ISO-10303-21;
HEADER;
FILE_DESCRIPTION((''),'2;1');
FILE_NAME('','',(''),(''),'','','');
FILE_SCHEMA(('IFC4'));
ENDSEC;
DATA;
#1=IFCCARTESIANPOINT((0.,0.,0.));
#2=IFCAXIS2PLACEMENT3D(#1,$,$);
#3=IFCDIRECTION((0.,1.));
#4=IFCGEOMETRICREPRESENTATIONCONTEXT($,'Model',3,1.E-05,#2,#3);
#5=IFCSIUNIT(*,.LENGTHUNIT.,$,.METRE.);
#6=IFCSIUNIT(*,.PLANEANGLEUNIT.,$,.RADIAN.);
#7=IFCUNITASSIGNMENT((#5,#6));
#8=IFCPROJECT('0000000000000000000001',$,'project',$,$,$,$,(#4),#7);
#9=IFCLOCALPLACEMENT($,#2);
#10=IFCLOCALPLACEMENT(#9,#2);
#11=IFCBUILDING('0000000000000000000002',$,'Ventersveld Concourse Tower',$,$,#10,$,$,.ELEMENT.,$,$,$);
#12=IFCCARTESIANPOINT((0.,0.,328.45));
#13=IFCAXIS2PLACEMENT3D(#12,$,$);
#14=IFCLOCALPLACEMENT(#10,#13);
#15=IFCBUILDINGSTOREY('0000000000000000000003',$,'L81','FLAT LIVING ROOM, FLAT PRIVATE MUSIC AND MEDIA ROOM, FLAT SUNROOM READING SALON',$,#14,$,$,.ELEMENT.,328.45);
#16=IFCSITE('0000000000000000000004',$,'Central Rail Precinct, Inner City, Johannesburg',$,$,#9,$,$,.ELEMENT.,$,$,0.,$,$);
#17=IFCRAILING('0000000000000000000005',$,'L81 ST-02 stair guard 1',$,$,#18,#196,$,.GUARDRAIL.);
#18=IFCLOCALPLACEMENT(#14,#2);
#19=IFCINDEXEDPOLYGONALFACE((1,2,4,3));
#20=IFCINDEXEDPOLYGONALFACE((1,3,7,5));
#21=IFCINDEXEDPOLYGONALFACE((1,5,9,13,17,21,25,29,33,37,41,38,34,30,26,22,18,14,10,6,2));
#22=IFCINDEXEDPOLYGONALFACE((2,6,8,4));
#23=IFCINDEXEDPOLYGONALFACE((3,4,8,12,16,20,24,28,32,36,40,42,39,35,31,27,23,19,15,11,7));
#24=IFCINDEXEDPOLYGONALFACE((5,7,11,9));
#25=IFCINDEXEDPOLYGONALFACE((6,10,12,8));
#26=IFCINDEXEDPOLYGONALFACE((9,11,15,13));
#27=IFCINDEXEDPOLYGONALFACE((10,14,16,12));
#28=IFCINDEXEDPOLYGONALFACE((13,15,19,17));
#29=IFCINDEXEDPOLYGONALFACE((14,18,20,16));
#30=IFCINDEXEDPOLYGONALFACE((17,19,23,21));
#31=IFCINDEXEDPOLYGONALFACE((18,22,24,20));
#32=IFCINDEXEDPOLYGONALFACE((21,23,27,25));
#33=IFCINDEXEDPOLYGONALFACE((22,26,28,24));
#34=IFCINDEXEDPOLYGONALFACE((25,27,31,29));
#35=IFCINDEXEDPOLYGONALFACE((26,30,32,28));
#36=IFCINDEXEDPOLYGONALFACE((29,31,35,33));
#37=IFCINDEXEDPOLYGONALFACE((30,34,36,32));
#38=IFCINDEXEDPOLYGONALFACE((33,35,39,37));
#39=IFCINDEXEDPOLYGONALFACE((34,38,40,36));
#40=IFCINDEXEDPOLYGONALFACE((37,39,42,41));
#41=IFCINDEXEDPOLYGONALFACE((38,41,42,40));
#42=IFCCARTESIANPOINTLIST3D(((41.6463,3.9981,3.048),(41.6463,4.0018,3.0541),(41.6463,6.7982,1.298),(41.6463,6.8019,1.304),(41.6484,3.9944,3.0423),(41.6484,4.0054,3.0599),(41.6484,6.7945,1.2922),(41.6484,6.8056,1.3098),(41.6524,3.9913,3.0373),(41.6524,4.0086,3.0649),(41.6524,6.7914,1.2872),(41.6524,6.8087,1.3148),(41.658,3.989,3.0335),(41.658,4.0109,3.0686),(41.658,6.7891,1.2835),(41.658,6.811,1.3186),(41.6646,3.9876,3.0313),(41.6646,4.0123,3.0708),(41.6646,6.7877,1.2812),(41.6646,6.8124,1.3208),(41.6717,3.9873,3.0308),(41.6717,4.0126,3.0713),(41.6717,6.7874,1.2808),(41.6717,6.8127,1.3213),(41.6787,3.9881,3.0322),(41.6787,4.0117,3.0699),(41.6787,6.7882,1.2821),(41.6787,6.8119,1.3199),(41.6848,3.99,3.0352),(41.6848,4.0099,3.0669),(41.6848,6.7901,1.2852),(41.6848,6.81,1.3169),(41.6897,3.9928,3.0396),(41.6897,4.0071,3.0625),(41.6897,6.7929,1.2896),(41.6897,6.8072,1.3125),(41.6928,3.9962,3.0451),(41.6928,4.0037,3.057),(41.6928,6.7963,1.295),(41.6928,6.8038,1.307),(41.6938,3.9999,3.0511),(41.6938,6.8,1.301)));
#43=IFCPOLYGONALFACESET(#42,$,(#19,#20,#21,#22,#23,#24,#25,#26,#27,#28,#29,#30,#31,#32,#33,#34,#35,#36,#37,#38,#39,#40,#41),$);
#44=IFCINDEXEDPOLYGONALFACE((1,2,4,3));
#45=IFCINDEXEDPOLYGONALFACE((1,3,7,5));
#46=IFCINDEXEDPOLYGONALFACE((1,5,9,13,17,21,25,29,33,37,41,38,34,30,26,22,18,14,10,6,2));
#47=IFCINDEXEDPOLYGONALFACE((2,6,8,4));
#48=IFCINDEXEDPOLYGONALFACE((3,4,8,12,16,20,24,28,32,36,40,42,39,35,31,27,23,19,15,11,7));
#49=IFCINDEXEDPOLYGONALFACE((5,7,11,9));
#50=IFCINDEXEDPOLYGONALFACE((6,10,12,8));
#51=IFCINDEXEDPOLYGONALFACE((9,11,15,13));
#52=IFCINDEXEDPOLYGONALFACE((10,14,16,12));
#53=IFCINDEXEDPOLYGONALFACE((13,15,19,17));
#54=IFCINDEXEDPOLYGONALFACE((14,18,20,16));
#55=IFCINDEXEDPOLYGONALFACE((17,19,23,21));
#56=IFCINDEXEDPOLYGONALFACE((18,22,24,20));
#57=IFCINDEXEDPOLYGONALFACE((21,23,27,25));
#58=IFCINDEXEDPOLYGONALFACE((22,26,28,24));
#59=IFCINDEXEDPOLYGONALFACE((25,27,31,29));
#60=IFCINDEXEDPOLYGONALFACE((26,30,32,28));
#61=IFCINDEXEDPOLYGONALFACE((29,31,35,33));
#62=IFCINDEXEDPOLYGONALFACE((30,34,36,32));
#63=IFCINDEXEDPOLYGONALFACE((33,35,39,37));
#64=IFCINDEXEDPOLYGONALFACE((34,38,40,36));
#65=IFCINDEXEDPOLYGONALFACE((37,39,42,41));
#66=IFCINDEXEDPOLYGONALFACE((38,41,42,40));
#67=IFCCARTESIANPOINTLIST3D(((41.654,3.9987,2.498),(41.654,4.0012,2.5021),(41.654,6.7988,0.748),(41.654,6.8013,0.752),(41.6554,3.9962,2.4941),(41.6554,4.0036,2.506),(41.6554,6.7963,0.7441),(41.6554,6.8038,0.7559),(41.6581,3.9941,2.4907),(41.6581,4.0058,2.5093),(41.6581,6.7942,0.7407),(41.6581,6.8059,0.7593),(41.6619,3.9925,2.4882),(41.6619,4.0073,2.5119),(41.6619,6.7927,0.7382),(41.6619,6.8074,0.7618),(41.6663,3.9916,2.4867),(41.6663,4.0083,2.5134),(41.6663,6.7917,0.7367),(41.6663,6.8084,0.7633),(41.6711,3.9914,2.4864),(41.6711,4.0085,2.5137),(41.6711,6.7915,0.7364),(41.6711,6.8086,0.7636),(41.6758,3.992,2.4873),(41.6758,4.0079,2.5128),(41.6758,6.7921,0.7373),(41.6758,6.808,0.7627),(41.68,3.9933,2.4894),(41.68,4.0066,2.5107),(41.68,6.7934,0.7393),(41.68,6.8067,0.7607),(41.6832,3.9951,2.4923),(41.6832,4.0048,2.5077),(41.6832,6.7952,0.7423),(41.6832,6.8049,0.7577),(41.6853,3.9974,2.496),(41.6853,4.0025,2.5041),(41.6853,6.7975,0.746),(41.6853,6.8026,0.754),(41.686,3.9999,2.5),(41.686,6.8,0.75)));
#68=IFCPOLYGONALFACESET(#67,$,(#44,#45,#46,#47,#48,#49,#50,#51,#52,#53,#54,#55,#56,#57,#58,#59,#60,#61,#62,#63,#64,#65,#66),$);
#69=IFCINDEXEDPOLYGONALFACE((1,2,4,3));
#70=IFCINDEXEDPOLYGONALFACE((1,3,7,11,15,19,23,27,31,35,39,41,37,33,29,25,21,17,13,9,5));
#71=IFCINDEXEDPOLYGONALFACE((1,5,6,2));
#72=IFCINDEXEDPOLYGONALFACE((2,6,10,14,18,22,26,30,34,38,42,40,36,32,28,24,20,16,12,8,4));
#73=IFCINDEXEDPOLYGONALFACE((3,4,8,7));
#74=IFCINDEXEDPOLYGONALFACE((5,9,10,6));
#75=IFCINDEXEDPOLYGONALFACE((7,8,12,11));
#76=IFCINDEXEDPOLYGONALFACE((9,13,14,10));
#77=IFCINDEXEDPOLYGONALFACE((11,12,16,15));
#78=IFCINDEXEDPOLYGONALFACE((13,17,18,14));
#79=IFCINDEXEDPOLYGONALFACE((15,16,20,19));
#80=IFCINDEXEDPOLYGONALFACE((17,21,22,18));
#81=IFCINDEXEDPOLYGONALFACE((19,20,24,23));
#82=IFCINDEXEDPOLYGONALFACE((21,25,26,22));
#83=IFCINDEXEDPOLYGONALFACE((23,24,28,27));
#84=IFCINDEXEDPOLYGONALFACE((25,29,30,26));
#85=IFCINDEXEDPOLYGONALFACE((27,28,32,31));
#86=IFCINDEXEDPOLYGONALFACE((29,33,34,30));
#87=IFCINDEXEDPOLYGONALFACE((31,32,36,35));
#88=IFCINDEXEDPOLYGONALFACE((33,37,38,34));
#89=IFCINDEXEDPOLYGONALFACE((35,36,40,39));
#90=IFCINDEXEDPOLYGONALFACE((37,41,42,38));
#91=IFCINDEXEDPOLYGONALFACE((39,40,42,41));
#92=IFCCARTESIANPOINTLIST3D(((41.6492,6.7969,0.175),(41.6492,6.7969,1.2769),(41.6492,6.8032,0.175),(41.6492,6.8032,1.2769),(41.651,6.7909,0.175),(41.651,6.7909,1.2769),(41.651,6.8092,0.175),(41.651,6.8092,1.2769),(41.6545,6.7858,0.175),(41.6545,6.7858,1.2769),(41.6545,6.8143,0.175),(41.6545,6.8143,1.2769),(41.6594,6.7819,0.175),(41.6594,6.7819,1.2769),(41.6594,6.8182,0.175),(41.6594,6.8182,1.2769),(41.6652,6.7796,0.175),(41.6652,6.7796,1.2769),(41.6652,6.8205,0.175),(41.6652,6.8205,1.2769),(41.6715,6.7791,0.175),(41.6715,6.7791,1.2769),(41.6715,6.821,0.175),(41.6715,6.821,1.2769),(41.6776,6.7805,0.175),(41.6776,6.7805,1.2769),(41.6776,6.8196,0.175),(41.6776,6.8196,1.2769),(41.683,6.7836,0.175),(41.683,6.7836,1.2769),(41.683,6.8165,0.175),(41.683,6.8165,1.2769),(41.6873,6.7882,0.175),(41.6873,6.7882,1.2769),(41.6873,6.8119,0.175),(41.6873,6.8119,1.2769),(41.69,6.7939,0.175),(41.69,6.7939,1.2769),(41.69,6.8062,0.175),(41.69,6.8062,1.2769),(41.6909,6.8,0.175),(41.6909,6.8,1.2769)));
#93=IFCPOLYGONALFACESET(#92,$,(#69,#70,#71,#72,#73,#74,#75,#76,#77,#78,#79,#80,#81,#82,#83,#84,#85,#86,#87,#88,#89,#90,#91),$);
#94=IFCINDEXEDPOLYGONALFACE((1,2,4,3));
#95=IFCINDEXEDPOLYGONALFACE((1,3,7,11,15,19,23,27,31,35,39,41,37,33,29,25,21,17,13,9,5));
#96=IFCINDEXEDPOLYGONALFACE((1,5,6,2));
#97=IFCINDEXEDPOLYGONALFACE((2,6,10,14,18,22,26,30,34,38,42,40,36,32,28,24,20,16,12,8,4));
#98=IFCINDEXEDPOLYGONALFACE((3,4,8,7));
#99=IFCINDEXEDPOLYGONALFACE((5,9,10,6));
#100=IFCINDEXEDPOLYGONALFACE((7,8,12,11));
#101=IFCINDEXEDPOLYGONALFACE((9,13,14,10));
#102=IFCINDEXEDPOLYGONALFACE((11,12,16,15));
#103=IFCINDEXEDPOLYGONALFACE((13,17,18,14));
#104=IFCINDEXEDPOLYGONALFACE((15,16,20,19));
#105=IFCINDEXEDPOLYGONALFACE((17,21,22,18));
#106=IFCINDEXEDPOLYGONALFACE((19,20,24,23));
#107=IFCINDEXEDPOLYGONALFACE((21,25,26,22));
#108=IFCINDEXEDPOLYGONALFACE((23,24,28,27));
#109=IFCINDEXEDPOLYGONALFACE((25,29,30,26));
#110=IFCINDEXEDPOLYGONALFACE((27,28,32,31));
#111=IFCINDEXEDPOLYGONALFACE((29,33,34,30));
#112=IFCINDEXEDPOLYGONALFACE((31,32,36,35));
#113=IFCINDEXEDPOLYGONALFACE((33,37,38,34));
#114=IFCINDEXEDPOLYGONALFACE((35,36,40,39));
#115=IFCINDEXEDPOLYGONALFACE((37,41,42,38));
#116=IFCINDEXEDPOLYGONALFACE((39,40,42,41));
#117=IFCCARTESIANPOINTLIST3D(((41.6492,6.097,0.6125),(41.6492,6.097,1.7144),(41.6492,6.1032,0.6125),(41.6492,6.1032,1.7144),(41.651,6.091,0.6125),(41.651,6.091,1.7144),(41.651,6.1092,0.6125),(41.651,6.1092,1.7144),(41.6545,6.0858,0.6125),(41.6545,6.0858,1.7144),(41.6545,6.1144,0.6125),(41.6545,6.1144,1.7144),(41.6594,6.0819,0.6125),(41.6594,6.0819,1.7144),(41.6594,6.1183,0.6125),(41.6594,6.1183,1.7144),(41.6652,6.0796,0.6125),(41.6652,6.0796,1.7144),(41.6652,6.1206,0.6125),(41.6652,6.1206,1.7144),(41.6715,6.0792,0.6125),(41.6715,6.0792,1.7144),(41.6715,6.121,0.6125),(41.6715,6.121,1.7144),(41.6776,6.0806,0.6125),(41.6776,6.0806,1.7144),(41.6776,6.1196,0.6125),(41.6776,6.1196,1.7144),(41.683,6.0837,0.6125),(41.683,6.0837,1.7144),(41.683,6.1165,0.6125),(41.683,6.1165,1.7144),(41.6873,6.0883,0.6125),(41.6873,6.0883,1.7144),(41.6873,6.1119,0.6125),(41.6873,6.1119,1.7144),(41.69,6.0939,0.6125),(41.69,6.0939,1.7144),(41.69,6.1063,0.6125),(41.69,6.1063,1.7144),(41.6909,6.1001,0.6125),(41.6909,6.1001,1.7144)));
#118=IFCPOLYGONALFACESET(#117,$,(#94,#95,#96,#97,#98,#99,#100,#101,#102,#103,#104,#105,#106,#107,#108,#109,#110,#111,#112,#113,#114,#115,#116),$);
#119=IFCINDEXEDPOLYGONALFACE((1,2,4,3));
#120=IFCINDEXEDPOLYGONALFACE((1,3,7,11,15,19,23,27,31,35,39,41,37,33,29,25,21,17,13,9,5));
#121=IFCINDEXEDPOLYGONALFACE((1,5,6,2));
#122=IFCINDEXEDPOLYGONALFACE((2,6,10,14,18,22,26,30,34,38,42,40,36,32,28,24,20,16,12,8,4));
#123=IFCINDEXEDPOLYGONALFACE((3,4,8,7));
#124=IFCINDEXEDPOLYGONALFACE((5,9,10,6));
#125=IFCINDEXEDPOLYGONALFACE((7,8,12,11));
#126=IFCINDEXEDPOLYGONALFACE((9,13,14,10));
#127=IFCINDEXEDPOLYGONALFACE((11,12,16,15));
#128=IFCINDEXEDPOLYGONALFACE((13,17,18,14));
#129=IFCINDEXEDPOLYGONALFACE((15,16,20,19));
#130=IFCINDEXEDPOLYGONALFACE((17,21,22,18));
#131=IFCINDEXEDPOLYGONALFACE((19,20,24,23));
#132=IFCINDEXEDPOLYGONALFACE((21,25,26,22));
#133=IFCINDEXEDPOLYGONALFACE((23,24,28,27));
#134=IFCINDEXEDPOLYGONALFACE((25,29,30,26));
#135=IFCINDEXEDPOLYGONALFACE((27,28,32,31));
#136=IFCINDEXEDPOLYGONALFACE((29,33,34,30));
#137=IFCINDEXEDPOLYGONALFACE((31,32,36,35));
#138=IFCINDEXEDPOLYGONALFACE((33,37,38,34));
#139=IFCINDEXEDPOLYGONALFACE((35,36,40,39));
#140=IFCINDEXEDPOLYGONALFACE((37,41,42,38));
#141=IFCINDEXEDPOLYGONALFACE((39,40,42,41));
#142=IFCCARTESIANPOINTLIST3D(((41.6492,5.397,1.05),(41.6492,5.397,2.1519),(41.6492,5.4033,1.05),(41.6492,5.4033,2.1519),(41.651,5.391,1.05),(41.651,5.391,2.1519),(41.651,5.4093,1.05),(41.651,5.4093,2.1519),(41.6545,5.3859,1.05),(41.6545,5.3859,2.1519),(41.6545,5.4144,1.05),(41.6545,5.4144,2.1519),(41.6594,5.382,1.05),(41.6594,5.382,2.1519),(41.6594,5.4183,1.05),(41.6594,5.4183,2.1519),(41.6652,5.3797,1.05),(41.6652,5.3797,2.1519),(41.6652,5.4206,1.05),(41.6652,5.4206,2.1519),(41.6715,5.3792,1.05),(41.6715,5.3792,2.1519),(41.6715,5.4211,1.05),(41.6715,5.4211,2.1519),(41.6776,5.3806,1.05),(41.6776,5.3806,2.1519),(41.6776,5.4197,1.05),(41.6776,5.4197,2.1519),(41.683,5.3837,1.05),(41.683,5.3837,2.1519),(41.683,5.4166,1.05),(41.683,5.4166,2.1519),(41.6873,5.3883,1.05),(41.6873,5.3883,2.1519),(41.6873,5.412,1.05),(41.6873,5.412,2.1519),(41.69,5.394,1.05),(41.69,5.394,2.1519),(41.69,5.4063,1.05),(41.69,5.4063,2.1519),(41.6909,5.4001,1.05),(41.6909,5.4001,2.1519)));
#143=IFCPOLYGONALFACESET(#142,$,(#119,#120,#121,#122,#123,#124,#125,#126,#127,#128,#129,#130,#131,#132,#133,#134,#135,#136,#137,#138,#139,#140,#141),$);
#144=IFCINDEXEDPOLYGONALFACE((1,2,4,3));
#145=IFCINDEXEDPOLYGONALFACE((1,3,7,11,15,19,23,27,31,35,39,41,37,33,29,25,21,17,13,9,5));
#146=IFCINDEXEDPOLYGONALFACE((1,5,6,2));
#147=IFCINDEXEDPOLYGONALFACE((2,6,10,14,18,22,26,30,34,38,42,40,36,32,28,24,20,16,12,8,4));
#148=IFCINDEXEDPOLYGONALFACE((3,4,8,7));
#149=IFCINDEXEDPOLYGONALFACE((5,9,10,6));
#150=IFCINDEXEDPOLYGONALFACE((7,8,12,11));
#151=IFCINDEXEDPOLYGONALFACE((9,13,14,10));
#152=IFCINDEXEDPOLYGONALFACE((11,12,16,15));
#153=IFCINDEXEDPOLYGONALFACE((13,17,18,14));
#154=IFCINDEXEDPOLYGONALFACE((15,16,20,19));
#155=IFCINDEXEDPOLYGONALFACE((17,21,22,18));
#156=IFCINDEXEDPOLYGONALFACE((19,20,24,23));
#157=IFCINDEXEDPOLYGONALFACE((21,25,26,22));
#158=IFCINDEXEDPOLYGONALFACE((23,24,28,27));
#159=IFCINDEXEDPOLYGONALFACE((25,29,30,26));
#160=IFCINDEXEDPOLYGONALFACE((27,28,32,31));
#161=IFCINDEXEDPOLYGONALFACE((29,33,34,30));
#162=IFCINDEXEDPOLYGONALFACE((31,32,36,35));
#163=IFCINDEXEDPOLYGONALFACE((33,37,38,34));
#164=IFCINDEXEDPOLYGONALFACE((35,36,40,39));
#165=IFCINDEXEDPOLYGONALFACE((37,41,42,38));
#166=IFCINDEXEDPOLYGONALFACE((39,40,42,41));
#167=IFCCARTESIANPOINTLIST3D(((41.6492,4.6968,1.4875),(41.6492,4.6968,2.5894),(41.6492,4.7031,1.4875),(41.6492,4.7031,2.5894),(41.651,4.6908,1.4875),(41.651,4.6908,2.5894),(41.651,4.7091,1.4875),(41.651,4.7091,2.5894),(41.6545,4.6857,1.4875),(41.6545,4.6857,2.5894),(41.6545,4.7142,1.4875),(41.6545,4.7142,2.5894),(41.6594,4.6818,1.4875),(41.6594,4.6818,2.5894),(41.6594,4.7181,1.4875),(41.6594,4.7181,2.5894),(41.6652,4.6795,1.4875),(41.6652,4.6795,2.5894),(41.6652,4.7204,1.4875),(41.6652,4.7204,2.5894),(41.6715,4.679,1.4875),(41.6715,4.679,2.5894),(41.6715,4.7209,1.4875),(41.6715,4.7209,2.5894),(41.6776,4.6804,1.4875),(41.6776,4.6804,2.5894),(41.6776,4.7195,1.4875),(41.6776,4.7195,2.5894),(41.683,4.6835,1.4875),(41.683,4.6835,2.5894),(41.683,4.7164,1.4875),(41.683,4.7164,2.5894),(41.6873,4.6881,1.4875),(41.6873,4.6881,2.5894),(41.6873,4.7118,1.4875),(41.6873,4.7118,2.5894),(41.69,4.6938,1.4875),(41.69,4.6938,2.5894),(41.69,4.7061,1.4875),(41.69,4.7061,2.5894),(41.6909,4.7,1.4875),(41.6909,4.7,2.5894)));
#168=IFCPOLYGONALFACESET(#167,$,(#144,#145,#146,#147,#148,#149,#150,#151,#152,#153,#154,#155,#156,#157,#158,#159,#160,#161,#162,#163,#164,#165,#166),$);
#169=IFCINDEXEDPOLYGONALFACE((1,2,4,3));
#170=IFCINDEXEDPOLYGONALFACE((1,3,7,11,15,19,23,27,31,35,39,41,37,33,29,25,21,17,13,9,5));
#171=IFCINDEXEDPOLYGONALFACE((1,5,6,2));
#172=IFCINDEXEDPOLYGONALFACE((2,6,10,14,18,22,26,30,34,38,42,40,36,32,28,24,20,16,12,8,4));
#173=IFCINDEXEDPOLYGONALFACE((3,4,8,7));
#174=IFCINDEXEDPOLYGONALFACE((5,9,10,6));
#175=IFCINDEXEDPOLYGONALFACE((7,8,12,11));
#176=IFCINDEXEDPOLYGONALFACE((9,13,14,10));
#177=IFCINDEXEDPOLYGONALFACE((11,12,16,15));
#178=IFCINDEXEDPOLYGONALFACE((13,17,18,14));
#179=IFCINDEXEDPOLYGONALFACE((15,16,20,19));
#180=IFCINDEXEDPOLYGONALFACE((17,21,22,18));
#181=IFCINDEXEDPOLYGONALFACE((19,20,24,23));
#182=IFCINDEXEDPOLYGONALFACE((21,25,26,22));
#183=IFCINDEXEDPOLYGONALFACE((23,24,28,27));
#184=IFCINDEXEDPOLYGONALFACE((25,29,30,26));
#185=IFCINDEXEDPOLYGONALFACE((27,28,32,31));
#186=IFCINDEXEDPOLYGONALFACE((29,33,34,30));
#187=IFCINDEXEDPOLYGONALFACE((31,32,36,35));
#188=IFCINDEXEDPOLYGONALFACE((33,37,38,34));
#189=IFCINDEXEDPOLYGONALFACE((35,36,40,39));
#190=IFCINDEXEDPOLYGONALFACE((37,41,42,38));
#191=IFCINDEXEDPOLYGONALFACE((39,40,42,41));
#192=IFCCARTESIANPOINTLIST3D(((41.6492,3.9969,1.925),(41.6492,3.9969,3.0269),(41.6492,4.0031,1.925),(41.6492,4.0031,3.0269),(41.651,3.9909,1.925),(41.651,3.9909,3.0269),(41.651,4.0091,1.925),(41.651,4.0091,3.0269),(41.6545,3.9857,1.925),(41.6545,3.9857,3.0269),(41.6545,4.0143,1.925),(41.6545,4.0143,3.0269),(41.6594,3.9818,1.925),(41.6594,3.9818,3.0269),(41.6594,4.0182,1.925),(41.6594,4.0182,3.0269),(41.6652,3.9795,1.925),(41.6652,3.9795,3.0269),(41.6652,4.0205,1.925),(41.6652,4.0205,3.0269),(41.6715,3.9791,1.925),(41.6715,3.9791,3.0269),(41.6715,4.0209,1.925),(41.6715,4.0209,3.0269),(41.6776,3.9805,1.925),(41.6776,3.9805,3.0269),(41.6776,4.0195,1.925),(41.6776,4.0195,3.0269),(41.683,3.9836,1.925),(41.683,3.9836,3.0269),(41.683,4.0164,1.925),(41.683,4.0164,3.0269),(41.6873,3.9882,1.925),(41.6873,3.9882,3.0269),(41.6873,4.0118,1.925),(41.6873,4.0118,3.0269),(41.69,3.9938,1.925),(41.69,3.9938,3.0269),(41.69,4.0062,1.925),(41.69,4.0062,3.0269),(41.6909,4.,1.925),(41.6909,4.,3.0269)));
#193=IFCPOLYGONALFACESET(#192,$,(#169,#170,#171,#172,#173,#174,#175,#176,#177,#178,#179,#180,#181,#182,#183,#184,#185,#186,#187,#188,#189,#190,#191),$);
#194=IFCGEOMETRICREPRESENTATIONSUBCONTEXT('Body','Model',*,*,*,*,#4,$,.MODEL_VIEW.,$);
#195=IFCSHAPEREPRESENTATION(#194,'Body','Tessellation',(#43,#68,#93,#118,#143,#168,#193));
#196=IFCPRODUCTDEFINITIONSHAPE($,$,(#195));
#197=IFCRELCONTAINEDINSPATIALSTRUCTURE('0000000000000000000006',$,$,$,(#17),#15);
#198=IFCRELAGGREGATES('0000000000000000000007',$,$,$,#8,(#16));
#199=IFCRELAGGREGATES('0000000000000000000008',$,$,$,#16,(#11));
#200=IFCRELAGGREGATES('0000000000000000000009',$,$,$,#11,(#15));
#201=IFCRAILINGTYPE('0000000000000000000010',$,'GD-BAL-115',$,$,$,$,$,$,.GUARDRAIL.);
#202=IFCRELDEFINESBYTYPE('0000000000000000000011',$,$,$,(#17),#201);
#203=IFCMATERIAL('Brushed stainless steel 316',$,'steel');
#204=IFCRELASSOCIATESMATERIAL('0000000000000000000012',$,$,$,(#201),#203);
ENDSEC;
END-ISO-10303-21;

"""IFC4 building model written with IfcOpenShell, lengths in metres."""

from ifc_helpers import new_model, si_unit, direction, frame, origin, origin_2d, place, context, subcontext, project, spatial, circle, extrude, material, type_object, element, save


model = new_model("IFC4")

# Units and contexts
model_context = context("Model", 3, precision=1e-05, world=origin(), true_north=direction((0.0, 1.0)))
body_context = subcontext(model_context, "Body", "Model", "MODEL_VIEW")
ifc_project = project(units=[si_unit("LENGTHUNIT", "METRE"), si_unit("PLANEANGLEUNIT", "RADIAN")], contexts=[model_context])

# Site, building, storey
site_placement = place(None, origin())
site = spatial("IfcSite", under=ifc_project, at=site_placement, Name="Central Rail Precinct, Inner City, Johannesburg", CompositionType="ELEMENT", RefElevation=0.0)
building_placement = place(site_placement, origin())
building = spatial("IfcBuilding", under=site, at=building_placement, Name="Ventersveld Concourse Tower", CompositionType="ELEMENT")
storey_placement = place(building_placement, frame((0.0, 0.0, 328.45)))
storey = spatial("IfcBuildingStorey", under=building, at=storey_placement, Name="L81", Description="FLAT LIVING ROOM, FLAT PRIVATE MUSIC AND MEDIA ROOM, FLAT SUNROOM READING SALON", CompositionType="ELEMENT", Elevation=328.45)

# Shared definitions
ifc_material_1 = material(Name="Brushed stainless steel 316", Category="steel")

# Railing
railing_type_1 = type_object("IfcRailingType", Name="GD-BAL-115", PredefinedType="GUARDRAIL", material=ifc_material_1)
railing_1_placement = place(storey_placement, frame((41.6699, 6.8, 0.175)))
element("IfcRailing", 1, at=railing_1_placement, inside=storey, type_object=railing_type_1, Name="L81 ST-02 stair guard 1", PredefinedType="GUARDRAIL", context=body_context, shape_type="SweptSolid", body=[
    extrude(circle(Radius=0.0239, at=origin_2d()), frame((0.0, 0.0, 1.126), z_axis=(0.0, -0.848002, 0.529992), x_axis=(1.0, 0.0, 0.0)), (0.0, 0.0, 1.0), 3.302),
    extrude(circle(Radius=0.0161, at=origin_2d()), frame((0.0, 0.0, 0.575), z_axis=(0.0, -0.848002, 0.529992), x_axis=(1.0, 0.0, 0.0)), (0.0, 0.0, 1.0), 3.302),
    extrude(circle(Radius=0.021, at=origin_2d()), origin(), (0.0, 0.0, 1.0), 1.1018),
    extrude(circle(Radius=0.021, at=origin_2d()), frame((0.0, -0.7, 0.4375)), (0.0, 0.0, 1.0), 1.1018),
    extrude(circle(Radius=0.021, at=origin_2d()), frame((0.0, -1.3999, 0.875)), (0.0, 0.0, 1.0), 1.1018),
    extrude(circle(Radius=0.021, at=origin_2d()), frame((0.0, -2.1001, 1.3125)), (0.0, 0.0, 1.0), 1.1018),
    extrude(circle(Radius=0.021, at=origin_2d()), frame((0.0, -2.8, 1.75)), (0.0, 0.0, 1.0), 1.1018),
])

save(model, "model.ifc")
